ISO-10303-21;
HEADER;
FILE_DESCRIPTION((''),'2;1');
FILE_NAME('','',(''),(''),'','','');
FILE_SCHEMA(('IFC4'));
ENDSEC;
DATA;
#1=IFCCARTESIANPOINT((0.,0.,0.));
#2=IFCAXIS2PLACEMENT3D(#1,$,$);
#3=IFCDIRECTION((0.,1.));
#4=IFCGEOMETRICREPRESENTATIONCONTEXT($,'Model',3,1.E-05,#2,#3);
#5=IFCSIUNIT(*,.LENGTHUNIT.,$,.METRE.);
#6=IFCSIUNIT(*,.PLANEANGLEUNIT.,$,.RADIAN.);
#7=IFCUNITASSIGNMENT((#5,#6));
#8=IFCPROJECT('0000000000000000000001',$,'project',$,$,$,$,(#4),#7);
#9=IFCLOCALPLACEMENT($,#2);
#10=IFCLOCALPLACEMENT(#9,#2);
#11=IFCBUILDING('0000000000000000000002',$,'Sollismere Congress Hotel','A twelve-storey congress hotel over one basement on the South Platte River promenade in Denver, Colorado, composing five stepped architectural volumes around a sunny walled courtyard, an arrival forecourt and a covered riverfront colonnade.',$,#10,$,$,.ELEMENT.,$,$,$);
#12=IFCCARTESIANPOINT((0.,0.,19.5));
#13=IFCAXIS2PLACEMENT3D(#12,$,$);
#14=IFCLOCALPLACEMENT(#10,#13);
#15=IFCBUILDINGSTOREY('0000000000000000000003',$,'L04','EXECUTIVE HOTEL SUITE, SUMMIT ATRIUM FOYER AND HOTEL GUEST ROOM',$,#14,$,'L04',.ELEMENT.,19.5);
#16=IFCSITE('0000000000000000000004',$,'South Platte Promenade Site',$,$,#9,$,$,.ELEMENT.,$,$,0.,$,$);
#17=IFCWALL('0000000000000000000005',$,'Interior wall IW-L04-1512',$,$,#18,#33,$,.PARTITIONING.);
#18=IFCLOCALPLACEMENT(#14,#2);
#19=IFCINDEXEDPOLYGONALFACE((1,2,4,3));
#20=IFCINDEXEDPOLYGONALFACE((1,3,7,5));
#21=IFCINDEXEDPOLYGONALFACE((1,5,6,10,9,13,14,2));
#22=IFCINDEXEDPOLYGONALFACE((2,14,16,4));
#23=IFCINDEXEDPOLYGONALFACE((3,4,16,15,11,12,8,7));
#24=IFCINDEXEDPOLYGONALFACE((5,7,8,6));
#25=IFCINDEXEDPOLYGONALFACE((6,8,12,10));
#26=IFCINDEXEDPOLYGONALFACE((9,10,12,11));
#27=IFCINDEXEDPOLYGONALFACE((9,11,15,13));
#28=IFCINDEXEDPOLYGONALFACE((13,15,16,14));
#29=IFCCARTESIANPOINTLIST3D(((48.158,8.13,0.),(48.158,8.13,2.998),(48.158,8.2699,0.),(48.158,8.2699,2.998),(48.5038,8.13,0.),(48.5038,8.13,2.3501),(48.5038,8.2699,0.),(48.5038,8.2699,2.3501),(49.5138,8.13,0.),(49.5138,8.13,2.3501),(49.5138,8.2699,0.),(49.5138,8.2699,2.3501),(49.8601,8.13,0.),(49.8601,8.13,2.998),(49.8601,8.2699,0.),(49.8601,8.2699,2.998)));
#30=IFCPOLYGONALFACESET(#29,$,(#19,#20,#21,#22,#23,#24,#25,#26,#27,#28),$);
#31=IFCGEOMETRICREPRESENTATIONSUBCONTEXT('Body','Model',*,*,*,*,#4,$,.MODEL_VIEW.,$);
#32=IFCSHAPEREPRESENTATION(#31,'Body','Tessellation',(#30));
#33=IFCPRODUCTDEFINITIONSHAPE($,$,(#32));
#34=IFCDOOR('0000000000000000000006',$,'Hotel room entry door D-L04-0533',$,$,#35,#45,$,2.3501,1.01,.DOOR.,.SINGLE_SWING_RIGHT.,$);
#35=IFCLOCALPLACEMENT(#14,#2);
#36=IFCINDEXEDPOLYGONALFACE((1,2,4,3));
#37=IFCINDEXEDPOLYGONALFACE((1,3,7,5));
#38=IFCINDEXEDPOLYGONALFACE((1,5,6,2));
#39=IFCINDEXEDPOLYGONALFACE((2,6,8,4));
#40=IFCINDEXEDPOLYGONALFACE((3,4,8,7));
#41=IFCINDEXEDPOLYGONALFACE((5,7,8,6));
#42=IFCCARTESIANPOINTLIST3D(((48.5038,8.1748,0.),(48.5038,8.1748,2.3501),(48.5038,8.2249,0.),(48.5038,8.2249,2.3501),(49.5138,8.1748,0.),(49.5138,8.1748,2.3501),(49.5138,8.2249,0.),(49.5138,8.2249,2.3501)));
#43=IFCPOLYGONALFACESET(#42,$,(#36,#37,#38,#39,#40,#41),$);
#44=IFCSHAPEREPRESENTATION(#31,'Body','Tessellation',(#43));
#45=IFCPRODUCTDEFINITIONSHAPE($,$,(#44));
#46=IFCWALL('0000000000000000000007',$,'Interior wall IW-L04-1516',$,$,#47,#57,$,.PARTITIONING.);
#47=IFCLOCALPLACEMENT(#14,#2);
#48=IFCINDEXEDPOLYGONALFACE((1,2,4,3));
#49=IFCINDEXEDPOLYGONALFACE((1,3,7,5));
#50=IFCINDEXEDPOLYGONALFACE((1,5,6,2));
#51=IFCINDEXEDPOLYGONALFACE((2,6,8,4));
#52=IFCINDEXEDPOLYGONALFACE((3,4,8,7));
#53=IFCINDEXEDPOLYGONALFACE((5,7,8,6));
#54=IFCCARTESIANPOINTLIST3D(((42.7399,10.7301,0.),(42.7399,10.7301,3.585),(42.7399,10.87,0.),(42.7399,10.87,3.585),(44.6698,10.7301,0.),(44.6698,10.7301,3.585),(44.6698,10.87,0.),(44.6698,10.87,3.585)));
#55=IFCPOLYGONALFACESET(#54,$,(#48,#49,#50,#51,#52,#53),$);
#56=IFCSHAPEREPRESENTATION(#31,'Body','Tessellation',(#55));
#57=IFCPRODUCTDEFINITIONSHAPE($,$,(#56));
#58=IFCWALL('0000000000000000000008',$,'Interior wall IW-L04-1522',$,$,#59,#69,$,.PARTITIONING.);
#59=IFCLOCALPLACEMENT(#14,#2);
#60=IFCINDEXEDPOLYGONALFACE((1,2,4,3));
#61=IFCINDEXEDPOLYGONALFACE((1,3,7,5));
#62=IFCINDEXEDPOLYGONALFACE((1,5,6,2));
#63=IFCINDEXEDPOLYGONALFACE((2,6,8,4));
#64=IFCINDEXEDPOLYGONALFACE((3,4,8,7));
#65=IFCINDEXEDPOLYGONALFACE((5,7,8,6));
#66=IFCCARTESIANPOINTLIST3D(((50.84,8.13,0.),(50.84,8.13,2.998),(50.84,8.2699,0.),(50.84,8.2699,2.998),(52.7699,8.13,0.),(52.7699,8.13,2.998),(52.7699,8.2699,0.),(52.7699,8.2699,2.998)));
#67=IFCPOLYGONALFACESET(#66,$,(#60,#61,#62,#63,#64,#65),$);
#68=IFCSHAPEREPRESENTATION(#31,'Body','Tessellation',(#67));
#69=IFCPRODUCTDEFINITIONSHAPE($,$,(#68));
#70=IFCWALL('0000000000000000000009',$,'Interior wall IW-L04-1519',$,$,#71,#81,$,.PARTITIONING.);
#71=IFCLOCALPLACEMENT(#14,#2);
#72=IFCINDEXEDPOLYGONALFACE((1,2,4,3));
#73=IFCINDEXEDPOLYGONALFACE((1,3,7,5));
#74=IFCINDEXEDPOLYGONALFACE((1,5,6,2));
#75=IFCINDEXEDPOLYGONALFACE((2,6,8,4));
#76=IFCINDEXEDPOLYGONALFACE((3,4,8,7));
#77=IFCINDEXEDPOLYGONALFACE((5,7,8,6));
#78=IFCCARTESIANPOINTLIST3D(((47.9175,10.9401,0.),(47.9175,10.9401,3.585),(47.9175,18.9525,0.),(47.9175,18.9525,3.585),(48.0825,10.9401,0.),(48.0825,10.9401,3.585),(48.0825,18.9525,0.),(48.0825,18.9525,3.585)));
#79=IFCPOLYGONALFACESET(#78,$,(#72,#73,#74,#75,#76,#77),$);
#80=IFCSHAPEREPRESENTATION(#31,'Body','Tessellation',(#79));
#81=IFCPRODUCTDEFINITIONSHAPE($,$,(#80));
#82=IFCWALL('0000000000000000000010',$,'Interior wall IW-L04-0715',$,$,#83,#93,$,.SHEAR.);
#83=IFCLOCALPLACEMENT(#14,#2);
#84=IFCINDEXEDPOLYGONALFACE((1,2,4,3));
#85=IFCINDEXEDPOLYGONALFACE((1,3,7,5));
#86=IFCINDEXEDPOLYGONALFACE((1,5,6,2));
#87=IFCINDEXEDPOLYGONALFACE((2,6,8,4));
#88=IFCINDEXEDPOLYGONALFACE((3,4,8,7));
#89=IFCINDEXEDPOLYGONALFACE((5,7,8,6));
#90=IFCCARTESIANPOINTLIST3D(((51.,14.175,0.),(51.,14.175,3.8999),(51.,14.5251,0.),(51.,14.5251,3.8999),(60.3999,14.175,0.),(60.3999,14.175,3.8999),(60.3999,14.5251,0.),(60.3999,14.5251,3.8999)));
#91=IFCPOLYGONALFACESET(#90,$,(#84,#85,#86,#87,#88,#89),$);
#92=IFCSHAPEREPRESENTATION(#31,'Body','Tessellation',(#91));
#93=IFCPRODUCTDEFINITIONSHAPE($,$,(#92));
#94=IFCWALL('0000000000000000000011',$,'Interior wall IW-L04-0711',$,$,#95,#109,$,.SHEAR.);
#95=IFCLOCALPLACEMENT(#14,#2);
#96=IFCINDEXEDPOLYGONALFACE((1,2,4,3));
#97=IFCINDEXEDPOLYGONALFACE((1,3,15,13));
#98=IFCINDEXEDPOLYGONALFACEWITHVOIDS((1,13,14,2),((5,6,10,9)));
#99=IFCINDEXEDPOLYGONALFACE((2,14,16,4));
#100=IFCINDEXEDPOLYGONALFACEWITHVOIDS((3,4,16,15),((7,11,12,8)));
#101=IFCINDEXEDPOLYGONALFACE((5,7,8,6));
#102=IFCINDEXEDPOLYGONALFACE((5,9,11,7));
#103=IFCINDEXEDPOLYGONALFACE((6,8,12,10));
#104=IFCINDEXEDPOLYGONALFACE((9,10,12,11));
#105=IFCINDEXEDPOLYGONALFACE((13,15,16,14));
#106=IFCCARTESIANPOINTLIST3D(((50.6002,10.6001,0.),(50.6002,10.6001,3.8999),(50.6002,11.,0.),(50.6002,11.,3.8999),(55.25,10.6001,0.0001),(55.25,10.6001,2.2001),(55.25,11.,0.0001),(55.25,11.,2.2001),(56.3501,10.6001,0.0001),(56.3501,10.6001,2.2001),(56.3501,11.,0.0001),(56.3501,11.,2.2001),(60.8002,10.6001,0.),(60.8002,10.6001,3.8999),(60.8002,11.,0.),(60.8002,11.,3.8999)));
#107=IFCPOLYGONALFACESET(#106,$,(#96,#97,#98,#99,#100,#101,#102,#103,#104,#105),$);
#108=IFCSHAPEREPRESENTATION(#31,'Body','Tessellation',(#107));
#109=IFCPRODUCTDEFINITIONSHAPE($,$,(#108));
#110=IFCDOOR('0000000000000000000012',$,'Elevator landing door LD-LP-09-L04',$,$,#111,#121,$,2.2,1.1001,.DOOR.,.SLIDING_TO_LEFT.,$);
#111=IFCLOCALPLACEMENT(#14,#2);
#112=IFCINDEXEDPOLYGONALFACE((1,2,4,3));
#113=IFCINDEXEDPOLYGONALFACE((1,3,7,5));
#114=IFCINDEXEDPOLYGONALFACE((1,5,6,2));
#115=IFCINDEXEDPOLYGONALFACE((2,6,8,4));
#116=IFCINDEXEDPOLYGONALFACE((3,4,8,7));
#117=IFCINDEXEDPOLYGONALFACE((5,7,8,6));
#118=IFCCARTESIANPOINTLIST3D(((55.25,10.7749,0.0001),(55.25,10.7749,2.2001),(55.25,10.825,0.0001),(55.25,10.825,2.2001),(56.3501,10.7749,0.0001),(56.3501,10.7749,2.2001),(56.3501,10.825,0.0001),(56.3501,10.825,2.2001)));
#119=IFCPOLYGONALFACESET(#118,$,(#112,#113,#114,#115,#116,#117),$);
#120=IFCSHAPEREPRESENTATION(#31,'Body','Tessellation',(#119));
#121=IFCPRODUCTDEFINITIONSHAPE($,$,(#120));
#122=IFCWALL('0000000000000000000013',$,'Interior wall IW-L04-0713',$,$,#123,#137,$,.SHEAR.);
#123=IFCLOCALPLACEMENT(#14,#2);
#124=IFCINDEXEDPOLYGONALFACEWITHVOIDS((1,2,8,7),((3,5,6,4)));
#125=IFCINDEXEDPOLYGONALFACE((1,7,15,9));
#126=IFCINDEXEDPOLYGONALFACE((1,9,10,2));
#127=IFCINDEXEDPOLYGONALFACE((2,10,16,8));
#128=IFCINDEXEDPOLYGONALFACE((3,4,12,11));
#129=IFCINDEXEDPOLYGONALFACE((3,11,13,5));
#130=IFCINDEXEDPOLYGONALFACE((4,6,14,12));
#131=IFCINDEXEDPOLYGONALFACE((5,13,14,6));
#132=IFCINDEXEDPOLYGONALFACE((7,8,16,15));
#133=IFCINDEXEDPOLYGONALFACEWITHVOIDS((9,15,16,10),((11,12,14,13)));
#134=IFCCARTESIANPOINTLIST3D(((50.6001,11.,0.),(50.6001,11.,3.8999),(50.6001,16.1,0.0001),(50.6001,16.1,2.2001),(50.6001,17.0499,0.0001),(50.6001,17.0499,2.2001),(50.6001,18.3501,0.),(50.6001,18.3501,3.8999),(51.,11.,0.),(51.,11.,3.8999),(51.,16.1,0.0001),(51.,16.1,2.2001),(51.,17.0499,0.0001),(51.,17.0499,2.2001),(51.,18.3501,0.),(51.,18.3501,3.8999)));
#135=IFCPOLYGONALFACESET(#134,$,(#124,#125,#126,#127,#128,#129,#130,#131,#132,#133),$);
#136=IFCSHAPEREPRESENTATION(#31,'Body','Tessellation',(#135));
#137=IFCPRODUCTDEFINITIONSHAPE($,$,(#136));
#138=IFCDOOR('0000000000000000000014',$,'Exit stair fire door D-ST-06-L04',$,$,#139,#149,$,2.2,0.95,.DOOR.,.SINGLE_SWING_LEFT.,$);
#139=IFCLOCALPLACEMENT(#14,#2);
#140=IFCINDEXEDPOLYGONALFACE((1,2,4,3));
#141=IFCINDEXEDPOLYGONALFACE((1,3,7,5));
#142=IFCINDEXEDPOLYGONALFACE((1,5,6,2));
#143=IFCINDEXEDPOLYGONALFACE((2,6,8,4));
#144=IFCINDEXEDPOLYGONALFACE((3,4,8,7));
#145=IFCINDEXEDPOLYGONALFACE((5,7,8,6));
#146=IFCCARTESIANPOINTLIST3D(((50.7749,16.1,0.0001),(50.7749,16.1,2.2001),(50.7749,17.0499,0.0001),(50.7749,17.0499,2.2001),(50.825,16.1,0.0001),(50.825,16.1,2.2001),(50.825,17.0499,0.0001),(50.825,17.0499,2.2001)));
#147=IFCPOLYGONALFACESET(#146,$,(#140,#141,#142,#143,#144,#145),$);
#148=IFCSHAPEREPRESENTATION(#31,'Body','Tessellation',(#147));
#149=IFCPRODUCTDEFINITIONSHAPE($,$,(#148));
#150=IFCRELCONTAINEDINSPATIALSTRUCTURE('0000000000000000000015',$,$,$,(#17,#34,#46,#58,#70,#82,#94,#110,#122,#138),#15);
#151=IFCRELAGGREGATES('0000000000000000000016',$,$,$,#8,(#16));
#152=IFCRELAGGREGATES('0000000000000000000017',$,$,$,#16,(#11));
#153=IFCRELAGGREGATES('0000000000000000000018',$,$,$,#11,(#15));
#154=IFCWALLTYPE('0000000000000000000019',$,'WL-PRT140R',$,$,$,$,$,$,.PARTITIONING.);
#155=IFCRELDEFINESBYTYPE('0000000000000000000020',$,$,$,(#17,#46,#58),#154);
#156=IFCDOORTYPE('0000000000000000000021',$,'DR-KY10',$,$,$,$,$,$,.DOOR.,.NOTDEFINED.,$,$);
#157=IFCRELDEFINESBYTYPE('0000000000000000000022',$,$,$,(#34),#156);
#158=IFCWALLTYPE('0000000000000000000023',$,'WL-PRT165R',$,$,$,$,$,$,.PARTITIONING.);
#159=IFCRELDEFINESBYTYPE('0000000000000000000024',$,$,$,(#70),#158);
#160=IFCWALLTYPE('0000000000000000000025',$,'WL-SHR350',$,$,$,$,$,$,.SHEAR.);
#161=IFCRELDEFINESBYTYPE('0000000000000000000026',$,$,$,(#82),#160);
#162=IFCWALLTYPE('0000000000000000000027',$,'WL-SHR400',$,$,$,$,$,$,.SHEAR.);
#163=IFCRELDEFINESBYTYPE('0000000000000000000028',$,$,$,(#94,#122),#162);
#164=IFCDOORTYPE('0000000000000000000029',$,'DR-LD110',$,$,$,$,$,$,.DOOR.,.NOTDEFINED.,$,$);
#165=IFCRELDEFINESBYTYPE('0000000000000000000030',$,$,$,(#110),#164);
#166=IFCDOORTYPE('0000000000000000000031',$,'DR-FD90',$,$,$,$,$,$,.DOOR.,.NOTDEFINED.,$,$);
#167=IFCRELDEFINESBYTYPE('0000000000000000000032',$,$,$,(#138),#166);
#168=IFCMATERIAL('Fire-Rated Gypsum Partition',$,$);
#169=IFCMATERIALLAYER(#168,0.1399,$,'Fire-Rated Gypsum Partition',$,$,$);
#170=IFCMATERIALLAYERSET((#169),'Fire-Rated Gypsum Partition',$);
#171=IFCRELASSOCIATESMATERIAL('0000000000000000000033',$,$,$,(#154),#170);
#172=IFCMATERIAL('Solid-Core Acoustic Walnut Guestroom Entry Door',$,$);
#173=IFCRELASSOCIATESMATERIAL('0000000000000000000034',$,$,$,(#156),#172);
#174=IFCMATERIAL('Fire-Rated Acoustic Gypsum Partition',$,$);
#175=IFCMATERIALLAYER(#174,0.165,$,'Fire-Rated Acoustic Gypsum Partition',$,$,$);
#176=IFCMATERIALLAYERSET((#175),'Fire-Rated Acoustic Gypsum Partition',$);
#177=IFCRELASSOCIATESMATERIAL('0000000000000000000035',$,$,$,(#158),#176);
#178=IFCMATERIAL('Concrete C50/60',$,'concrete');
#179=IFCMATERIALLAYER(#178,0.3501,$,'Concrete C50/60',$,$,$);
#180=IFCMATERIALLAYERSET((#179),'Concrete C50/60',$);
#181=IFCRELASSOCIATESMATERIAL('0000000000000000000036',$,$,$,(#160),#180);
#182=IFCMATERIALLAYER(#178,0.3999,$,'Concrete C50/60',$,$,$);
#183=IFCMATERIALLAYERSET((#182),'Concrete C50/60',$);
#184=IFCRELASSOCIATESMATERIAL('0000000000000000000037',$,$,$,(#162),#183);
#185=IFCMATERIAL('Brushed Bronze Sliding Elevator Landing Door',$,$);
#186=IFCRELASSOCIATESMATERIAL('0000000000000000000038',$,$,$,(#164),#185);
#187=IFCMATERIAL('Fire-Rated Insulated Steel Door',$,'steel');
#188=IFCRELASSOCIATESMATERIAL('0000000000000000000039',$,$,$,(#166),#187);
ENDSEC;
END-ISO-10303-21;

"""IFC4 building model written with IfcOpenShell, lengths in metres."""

from ifc_helpers import new_model, si_unit, direction, frame, frame_2d, origin, place, context, subcontext, project, spatial, rectangle, extrude, material, layer, layer_set, type_object, element, fill, save


model = new_model("IFC4")

# Units and contexts
model_context = context("Model", 3, precision=1e-05, world=origin(), true_north=direction((0.0, 1.0)))
body_context = subcontext(model_context, "Body", "Model", "MODEL_VIEW")
ifc_project = project(units=[si_unit("LENGTHUNIT", "METRE"), si_unit("PLANEANGLEUNIT", "RADIAN")], contexts=[model_context])

# Site, building, storey
site_placement = place(None, origin())
site = spatial("IfcSite", under=ifc_project, at=site_placement, Name="South Platte Promenade Site", CompositionType="ELEMENT", RefElevation=0.0)
building_placement = place(site_placement, origin())
building = spatial("IfcBuilding", under=site, at=building_placement, Name="Sollismere Congress Hotel", Description="A twelve-storey congress hotel over one basement on the South Platte River promenade in Denver, Colorado, composing five stepped architectural volumes around a sunny walled courtyard, an arrival forecourt and a covered riverfront colonnade.", CompositionType="ELEMENT")
storey_placement = place(building_placement, frame((0.0, 0.0, 19.5)))
storey = spatial("IfcBuildingStorey", under=building, at=storey_placement, Name="L04", Description="EXECUTIVE HOTEL SUITE, SUMMIT ATRIUM FOYER AND HOTEL GUEST ROOM", LongName="L04", CompositionType="ELEMENT", Elevation=19.5)

# Shared definitions
ifc_material_1 = material(Name="Fire-Rated Gypsum Partition")
ifc_layer_1 = layer(ifc_material_1, 0.1399, Name="Fire-Rated Gypsum Partition")
ifc_layer_set_1 = layer_set([ifc_layer_1], Name="Fire-Rated Gypsum Partition")
wall_type_1 = type_object("IfcWallType", Name="WL-PRT140R", PredefinedType="PARTITIONING", material=ifc_layer_set_1)

# Shared definitions
ifc_material_2 = material(Name="Solid-Core Acoustic Walnut Guestroom Entry Door")

# Wall, opening, door
wall_1_placement = place(storey_placement, frame((48.158, 8.2, 0.0), z_axis=(0.0, 0.0, 1.0), x_axis=(1.0, 0.0, 0.0)))
wall_1 = element("IfcWall", 1, at=wall_1_placement, inside=storey, type_object=wall_type_1, Name="Interior wall IW-L04-1512", PredefinedType="PARTITIONING", context=body_context, shape_type="SweptSolid", body=[
    extrude(rectangle(XDim=1.7021, YDim=0.1399, at=frame_2d((0.8511, 0.0))), origin(), (0.0, 0.0, 1.0), 2.998),
])
opening_1_placement = place(wall_1_placement, frame((0.3459, 0.0, 0.0)))
opening_1 = element("IfcOpeningElement", 2, at=opening_1_placement, cuts=wall_1, PredefinedType="OPENING", context=body_context, shape_type="SweptSolid", body=[
    extrude(rectangle(XDim=1.01, YDim=2.3501, at=frame_2d((0.5049, 1.175))), frame((0.0, 0.0798, 0.0), z_axis=(0.0, -1.0, 0.0), x_axis=(1.0, 0.0, 0.0)), (0.0, 0.0, 1.0), 0.1599),
])
door_type_1 = type_object("IfcDoorType", Name="DR-KY10", OperationType="NOTDEFINED", PredefinedType="DOOR", material=ifc_material_2)
door_1_placement = place(opening_1_placement, origin())
door_1 = element("IfcDoor", 3, at=door_1_placement, inside=storey, type_object=door_type_1, Name="Hotel room entry door D-L04-0533", OperationType="SINGLE_SWING_RIGHT", OverallHeight=2.3501, OverallWidth=1.01, PredefinedType="DOOR", context=body_context, shape_type="SweptSolid", body=[
    extrude(rectangle(XDim=1.01, YDim=2.3501, at=frame_2d((0.5049, 1.175))), frame((0.0, 0.0249, 0.0), z_axis=(0.0, -1.0, 0.0), x_axis=(1.0, 0.0, 0.0)), (0.0, 0.0, 1.0), 0.05),
])
fill(opening_1, door_1)

# Wall
wall_2_placement = place(storey_placement, frame((42.74, 10.8, 0.0), z_axis=(0.0, 0.0, 1.0), x_axis=(1.0, 0.0, 0.0)))
element("IfcWall", 4, at=wall_2_placement, inside=storey, type_object=wall_type_1, Name="Interior wall IW-L04-1516", PredefinedType="PARTITIONING", context=body_context, shape_type="SweptSolid", body=[
    extrude(rectangle(XDim=1.9299, YDim=0.1399, at=frame_2d((0.9648, 0.0))), origin(), (0.0, 0.0, 1.0), 3.585),
])

# Walls
wall_3_placement = place(storey_placement, frame((50.8401, 8.2, 0.0), z_axis=(0.0, 0.0, 1.0), x_axis=(1.0, 0.0, 0.0)))
element("IfcWall", 5, at=wall_3_placement, inside=storey, type_object=wall_type_1, Name="Interior wall IW-L04-1522", PredefinedType="PARTITIONING", context=body_context, shape_type="SweptSolid", body=[
    extrude(rectangle(XDim=1.9299, YDim=0.1399, at=frame_2d((0.9648, 0.0))), origin(), (0.0, 0.0, 1.0), 2.998),
])
ifc_material_3 = material(Name="Fire-Rated Acoustic Gypsum Partition")
ifc_layer_2 = layer(ifc_material_3, 0.165, Name="Fire-Rated Acoustic Gypsum Partition")
ifc_layer_set_2 = layer_set([ifc_layer_2], Name="Fire-Rated Acoustic Gypsum Partition")
wall_type_2 = type_object("IfcWallType", Name="WL-PRT165R", PredefinedType="PARTITIONING", material=ifc_layer_set_2)
wall_4_placement = place(storey_placement, frame((48.0, 10.9399, 0.0), z_axis=(0.0, 0.0, 1.0), x_axis=(0.0, 1.0, 0.0)))
element("IfcWall", 6, at=wall_4_placement, inside=storey, type_object=wall_type_2, Name="Interior wall IW-L04-1519", PredefinedType="PARTITIONING", context=body_context, shape_type="SweptSolid", body=[
    extrude(rectangle(XDim=8.0125, YDim=0.165, at=frame_2d((4.0063, 0.0))), origin(), (0.0, 0.0, 1.0), 3.585),
])
ifc_material_4 = material(Name="Concrete C50/60", Category="concrete")
ifc_layer_3 = layer(ifc_material_4, 0.3501, Name="Concrete C50/60")
ifc_layer_set_3 = layer_set([ifc_layer_3], Name="Concrete C50/60")
wall_type_3 = type_object("IfcWallType", Name="WL-SHR350", PredefinedType="SHEAR", material=ifc_layer_set_3)
wall_5_placement = place(storey_placement, frame((51.0, 14.3501, 0.0), z_axis=(0.0, 0.0, 1.0), x_axis=(1.0, 0.0, 0.0)))
element("IfcWall", 7, at=wall_5_placement, inside=storey, type_object=wall_type_3, Name="Interior wall IW-L04-0715", PredefinedType="SHEAR", context=body_context, shape_type="SweptSolid", body=[
    extrude(rectangle(XDim=9.3999, YDim=0.3501, at=frame_2d((4.7, 0.0))), origin(), (0.0, 0.0, 1.0), 3.8999),
])

# Walls, openings, doors
ifc_layer_4 = layer(ifc_material_4, 0.3999, Name="Concrete C50/60")
ifc_layer_set_4 = layer_set([ifc_layer_4], Name="Concrete C50/60")
wall_type_4 = type_object("IfcWallType", Name="WL-SHR400", PredefinedType="SHEAR", material=ifc_layer_set_4)
wall_6_placement = place(storey_placement, frame((50.6001, 10.8, 0.0), z_axis=(0.0, 0.0, 1.0), x_axis=(1.0, 0.0, 0.0)))
wall_6 = element("IfcWall", 8, at=wall_6_placement, inside=storey, type_object=wall_type_4, Name="Interior wall IW-L04-0711", PredefinedType="SHEAR", context=body_context, shape_type="SweptSolid", body=[
    extrude(rectangle(XDim=10.2, YDim=0.3999, at=frame_2d((5.1001, 0.0))), origin(), (0.0, 0.0, 1.0), 3.8999),
])
opening_2_placement = place(wall_6_placement, frame((4.6499, 0.0, 0.0)))
opening_2 = element("IfcOpeningElement", 9, at=opening_2_placement, cuts=wall_6, PredefinedType="OPENING", context=body_context, shape_type="SweptSolid", body=[
    extrude(rectangle(XDim=1.1001, YDim=2.2, at=frame_2d((0.55, 1.1001))), frame((0.0, 0.21, 0.0), z_axis=(0.0, -1.0, 0.0), x_axis=(1.0, 0.0, 0.0)), (0.0, 0.0, 1.0), 0.4199),
])
ifc_material_5 = material(Name="Brushed Bronze Sliding Elevator Landing Door")
door_type_2 = type_object("IfcDoorType", Name="DR-LD110", OperationType="NOTDEFINED", PredefinedType="DOOR", material=ifc_material_5)
door_2_placement = place(opening_2_placement, origin())
door_2 = element("IfcDoor", 10, at=door_2_placement, inside=storey, type_object=door_type_2, Name="Elevator landing door LD-LP-09-L04", OperationType="SLIDING_TO_LEFT", OverallHeight=2.2, OverallWidth=1.1001, PredefinedType="DOOR", context=body_context, shape_type="SweptSolid", body=[
    extrude(rectangle(XDim=1.1001, YDim=2.2, at=frame_2d((0.55, 1.1001))), frame((0.0, 0.0249, 0.0), z_axis=(0.0, -1.0, 0.0), x_axis=(1.0, 0.0, 0.0)), (0.0, 0.0, 1.0), 0.05),
])
fill(opening_2, door_2)
wall_7_placement = place(storey_placement, frame((50.8, 18.3501, 0.0), z_axis=(0.0, 0.0, 1.0), x_axis=(0.0, -1.0, 0.0)))
wall_7 = element("IfcWall", 11, at=wall_7_placement, inside=storey, type_object=wall_type_4, Name="Interior wall IW-L04-0713", PredefinedType="SHEAR", context=body_context, shape_type="SweptSolid", body=[
    extrude(rectangle(XDim=7.3501, YDim=0.3999, at=frame_2d((3.675, 0.0))), origin(), (0.0, 0.0, 1.0), 3.8999),
])
opening_3_placement = place(wall_7_placement, frame((1.3, 0.0, 0.0)))
opening_3 = element("IfcOpeningElement", 12, at=opening_3_placement, cuts=wall_7, PredefinedType="OPENING", context=body_context, shape_type="SweptSolid", body=[
    extrude(rectangle(XDim=0.95, YDim=2.2, at=frame_2d((0.4751, 1.1001))), frame((0.0, 0.21, 0.0), z_axis=(0.0, -1.0, 0.0), x_axis=(1.0, 0.0, 0.0)), (0.0, 0.0, 1.0), 0.4199),
])
ifc_material_6 = material(Name="Fire-Rated Insulated Steel Door", Category="steel")
door_type_3 = type_object("IfcDoorType", Name="DR-FD90", OperationType="NOTDEFINED", PredefinedType="DOOR", material=ifc_material_6)
door_3_placement = place(opening_3_placement, origin())
door_3 = element("IfcDoor", 13, at=door_3_placement, inside=storey, type_object=door_type_3, Name="Exit stair fire door D-ST-06-L04", OperationType="SINGLE_SWING_LEFT", OverallHeight=2.2, OverallWidth=0.95, PredefinedType="DOOR", context=body_context, shape_type="SweptSolid", body=[
    extrude(rectangle(XDim=0.95, YDim=2.2, at=frame_2d((0.4751, 1.1001))), frame((0.0, 0.0249, 0.0), z_axis=(0.0, -1.0, 0.0), x_axis=(1.0, 0.0, 0.0)), (0.0, 0.0, 1.0), 0.05),
])
fill(opening_3, door_3)

save(model, "model.ifc")
